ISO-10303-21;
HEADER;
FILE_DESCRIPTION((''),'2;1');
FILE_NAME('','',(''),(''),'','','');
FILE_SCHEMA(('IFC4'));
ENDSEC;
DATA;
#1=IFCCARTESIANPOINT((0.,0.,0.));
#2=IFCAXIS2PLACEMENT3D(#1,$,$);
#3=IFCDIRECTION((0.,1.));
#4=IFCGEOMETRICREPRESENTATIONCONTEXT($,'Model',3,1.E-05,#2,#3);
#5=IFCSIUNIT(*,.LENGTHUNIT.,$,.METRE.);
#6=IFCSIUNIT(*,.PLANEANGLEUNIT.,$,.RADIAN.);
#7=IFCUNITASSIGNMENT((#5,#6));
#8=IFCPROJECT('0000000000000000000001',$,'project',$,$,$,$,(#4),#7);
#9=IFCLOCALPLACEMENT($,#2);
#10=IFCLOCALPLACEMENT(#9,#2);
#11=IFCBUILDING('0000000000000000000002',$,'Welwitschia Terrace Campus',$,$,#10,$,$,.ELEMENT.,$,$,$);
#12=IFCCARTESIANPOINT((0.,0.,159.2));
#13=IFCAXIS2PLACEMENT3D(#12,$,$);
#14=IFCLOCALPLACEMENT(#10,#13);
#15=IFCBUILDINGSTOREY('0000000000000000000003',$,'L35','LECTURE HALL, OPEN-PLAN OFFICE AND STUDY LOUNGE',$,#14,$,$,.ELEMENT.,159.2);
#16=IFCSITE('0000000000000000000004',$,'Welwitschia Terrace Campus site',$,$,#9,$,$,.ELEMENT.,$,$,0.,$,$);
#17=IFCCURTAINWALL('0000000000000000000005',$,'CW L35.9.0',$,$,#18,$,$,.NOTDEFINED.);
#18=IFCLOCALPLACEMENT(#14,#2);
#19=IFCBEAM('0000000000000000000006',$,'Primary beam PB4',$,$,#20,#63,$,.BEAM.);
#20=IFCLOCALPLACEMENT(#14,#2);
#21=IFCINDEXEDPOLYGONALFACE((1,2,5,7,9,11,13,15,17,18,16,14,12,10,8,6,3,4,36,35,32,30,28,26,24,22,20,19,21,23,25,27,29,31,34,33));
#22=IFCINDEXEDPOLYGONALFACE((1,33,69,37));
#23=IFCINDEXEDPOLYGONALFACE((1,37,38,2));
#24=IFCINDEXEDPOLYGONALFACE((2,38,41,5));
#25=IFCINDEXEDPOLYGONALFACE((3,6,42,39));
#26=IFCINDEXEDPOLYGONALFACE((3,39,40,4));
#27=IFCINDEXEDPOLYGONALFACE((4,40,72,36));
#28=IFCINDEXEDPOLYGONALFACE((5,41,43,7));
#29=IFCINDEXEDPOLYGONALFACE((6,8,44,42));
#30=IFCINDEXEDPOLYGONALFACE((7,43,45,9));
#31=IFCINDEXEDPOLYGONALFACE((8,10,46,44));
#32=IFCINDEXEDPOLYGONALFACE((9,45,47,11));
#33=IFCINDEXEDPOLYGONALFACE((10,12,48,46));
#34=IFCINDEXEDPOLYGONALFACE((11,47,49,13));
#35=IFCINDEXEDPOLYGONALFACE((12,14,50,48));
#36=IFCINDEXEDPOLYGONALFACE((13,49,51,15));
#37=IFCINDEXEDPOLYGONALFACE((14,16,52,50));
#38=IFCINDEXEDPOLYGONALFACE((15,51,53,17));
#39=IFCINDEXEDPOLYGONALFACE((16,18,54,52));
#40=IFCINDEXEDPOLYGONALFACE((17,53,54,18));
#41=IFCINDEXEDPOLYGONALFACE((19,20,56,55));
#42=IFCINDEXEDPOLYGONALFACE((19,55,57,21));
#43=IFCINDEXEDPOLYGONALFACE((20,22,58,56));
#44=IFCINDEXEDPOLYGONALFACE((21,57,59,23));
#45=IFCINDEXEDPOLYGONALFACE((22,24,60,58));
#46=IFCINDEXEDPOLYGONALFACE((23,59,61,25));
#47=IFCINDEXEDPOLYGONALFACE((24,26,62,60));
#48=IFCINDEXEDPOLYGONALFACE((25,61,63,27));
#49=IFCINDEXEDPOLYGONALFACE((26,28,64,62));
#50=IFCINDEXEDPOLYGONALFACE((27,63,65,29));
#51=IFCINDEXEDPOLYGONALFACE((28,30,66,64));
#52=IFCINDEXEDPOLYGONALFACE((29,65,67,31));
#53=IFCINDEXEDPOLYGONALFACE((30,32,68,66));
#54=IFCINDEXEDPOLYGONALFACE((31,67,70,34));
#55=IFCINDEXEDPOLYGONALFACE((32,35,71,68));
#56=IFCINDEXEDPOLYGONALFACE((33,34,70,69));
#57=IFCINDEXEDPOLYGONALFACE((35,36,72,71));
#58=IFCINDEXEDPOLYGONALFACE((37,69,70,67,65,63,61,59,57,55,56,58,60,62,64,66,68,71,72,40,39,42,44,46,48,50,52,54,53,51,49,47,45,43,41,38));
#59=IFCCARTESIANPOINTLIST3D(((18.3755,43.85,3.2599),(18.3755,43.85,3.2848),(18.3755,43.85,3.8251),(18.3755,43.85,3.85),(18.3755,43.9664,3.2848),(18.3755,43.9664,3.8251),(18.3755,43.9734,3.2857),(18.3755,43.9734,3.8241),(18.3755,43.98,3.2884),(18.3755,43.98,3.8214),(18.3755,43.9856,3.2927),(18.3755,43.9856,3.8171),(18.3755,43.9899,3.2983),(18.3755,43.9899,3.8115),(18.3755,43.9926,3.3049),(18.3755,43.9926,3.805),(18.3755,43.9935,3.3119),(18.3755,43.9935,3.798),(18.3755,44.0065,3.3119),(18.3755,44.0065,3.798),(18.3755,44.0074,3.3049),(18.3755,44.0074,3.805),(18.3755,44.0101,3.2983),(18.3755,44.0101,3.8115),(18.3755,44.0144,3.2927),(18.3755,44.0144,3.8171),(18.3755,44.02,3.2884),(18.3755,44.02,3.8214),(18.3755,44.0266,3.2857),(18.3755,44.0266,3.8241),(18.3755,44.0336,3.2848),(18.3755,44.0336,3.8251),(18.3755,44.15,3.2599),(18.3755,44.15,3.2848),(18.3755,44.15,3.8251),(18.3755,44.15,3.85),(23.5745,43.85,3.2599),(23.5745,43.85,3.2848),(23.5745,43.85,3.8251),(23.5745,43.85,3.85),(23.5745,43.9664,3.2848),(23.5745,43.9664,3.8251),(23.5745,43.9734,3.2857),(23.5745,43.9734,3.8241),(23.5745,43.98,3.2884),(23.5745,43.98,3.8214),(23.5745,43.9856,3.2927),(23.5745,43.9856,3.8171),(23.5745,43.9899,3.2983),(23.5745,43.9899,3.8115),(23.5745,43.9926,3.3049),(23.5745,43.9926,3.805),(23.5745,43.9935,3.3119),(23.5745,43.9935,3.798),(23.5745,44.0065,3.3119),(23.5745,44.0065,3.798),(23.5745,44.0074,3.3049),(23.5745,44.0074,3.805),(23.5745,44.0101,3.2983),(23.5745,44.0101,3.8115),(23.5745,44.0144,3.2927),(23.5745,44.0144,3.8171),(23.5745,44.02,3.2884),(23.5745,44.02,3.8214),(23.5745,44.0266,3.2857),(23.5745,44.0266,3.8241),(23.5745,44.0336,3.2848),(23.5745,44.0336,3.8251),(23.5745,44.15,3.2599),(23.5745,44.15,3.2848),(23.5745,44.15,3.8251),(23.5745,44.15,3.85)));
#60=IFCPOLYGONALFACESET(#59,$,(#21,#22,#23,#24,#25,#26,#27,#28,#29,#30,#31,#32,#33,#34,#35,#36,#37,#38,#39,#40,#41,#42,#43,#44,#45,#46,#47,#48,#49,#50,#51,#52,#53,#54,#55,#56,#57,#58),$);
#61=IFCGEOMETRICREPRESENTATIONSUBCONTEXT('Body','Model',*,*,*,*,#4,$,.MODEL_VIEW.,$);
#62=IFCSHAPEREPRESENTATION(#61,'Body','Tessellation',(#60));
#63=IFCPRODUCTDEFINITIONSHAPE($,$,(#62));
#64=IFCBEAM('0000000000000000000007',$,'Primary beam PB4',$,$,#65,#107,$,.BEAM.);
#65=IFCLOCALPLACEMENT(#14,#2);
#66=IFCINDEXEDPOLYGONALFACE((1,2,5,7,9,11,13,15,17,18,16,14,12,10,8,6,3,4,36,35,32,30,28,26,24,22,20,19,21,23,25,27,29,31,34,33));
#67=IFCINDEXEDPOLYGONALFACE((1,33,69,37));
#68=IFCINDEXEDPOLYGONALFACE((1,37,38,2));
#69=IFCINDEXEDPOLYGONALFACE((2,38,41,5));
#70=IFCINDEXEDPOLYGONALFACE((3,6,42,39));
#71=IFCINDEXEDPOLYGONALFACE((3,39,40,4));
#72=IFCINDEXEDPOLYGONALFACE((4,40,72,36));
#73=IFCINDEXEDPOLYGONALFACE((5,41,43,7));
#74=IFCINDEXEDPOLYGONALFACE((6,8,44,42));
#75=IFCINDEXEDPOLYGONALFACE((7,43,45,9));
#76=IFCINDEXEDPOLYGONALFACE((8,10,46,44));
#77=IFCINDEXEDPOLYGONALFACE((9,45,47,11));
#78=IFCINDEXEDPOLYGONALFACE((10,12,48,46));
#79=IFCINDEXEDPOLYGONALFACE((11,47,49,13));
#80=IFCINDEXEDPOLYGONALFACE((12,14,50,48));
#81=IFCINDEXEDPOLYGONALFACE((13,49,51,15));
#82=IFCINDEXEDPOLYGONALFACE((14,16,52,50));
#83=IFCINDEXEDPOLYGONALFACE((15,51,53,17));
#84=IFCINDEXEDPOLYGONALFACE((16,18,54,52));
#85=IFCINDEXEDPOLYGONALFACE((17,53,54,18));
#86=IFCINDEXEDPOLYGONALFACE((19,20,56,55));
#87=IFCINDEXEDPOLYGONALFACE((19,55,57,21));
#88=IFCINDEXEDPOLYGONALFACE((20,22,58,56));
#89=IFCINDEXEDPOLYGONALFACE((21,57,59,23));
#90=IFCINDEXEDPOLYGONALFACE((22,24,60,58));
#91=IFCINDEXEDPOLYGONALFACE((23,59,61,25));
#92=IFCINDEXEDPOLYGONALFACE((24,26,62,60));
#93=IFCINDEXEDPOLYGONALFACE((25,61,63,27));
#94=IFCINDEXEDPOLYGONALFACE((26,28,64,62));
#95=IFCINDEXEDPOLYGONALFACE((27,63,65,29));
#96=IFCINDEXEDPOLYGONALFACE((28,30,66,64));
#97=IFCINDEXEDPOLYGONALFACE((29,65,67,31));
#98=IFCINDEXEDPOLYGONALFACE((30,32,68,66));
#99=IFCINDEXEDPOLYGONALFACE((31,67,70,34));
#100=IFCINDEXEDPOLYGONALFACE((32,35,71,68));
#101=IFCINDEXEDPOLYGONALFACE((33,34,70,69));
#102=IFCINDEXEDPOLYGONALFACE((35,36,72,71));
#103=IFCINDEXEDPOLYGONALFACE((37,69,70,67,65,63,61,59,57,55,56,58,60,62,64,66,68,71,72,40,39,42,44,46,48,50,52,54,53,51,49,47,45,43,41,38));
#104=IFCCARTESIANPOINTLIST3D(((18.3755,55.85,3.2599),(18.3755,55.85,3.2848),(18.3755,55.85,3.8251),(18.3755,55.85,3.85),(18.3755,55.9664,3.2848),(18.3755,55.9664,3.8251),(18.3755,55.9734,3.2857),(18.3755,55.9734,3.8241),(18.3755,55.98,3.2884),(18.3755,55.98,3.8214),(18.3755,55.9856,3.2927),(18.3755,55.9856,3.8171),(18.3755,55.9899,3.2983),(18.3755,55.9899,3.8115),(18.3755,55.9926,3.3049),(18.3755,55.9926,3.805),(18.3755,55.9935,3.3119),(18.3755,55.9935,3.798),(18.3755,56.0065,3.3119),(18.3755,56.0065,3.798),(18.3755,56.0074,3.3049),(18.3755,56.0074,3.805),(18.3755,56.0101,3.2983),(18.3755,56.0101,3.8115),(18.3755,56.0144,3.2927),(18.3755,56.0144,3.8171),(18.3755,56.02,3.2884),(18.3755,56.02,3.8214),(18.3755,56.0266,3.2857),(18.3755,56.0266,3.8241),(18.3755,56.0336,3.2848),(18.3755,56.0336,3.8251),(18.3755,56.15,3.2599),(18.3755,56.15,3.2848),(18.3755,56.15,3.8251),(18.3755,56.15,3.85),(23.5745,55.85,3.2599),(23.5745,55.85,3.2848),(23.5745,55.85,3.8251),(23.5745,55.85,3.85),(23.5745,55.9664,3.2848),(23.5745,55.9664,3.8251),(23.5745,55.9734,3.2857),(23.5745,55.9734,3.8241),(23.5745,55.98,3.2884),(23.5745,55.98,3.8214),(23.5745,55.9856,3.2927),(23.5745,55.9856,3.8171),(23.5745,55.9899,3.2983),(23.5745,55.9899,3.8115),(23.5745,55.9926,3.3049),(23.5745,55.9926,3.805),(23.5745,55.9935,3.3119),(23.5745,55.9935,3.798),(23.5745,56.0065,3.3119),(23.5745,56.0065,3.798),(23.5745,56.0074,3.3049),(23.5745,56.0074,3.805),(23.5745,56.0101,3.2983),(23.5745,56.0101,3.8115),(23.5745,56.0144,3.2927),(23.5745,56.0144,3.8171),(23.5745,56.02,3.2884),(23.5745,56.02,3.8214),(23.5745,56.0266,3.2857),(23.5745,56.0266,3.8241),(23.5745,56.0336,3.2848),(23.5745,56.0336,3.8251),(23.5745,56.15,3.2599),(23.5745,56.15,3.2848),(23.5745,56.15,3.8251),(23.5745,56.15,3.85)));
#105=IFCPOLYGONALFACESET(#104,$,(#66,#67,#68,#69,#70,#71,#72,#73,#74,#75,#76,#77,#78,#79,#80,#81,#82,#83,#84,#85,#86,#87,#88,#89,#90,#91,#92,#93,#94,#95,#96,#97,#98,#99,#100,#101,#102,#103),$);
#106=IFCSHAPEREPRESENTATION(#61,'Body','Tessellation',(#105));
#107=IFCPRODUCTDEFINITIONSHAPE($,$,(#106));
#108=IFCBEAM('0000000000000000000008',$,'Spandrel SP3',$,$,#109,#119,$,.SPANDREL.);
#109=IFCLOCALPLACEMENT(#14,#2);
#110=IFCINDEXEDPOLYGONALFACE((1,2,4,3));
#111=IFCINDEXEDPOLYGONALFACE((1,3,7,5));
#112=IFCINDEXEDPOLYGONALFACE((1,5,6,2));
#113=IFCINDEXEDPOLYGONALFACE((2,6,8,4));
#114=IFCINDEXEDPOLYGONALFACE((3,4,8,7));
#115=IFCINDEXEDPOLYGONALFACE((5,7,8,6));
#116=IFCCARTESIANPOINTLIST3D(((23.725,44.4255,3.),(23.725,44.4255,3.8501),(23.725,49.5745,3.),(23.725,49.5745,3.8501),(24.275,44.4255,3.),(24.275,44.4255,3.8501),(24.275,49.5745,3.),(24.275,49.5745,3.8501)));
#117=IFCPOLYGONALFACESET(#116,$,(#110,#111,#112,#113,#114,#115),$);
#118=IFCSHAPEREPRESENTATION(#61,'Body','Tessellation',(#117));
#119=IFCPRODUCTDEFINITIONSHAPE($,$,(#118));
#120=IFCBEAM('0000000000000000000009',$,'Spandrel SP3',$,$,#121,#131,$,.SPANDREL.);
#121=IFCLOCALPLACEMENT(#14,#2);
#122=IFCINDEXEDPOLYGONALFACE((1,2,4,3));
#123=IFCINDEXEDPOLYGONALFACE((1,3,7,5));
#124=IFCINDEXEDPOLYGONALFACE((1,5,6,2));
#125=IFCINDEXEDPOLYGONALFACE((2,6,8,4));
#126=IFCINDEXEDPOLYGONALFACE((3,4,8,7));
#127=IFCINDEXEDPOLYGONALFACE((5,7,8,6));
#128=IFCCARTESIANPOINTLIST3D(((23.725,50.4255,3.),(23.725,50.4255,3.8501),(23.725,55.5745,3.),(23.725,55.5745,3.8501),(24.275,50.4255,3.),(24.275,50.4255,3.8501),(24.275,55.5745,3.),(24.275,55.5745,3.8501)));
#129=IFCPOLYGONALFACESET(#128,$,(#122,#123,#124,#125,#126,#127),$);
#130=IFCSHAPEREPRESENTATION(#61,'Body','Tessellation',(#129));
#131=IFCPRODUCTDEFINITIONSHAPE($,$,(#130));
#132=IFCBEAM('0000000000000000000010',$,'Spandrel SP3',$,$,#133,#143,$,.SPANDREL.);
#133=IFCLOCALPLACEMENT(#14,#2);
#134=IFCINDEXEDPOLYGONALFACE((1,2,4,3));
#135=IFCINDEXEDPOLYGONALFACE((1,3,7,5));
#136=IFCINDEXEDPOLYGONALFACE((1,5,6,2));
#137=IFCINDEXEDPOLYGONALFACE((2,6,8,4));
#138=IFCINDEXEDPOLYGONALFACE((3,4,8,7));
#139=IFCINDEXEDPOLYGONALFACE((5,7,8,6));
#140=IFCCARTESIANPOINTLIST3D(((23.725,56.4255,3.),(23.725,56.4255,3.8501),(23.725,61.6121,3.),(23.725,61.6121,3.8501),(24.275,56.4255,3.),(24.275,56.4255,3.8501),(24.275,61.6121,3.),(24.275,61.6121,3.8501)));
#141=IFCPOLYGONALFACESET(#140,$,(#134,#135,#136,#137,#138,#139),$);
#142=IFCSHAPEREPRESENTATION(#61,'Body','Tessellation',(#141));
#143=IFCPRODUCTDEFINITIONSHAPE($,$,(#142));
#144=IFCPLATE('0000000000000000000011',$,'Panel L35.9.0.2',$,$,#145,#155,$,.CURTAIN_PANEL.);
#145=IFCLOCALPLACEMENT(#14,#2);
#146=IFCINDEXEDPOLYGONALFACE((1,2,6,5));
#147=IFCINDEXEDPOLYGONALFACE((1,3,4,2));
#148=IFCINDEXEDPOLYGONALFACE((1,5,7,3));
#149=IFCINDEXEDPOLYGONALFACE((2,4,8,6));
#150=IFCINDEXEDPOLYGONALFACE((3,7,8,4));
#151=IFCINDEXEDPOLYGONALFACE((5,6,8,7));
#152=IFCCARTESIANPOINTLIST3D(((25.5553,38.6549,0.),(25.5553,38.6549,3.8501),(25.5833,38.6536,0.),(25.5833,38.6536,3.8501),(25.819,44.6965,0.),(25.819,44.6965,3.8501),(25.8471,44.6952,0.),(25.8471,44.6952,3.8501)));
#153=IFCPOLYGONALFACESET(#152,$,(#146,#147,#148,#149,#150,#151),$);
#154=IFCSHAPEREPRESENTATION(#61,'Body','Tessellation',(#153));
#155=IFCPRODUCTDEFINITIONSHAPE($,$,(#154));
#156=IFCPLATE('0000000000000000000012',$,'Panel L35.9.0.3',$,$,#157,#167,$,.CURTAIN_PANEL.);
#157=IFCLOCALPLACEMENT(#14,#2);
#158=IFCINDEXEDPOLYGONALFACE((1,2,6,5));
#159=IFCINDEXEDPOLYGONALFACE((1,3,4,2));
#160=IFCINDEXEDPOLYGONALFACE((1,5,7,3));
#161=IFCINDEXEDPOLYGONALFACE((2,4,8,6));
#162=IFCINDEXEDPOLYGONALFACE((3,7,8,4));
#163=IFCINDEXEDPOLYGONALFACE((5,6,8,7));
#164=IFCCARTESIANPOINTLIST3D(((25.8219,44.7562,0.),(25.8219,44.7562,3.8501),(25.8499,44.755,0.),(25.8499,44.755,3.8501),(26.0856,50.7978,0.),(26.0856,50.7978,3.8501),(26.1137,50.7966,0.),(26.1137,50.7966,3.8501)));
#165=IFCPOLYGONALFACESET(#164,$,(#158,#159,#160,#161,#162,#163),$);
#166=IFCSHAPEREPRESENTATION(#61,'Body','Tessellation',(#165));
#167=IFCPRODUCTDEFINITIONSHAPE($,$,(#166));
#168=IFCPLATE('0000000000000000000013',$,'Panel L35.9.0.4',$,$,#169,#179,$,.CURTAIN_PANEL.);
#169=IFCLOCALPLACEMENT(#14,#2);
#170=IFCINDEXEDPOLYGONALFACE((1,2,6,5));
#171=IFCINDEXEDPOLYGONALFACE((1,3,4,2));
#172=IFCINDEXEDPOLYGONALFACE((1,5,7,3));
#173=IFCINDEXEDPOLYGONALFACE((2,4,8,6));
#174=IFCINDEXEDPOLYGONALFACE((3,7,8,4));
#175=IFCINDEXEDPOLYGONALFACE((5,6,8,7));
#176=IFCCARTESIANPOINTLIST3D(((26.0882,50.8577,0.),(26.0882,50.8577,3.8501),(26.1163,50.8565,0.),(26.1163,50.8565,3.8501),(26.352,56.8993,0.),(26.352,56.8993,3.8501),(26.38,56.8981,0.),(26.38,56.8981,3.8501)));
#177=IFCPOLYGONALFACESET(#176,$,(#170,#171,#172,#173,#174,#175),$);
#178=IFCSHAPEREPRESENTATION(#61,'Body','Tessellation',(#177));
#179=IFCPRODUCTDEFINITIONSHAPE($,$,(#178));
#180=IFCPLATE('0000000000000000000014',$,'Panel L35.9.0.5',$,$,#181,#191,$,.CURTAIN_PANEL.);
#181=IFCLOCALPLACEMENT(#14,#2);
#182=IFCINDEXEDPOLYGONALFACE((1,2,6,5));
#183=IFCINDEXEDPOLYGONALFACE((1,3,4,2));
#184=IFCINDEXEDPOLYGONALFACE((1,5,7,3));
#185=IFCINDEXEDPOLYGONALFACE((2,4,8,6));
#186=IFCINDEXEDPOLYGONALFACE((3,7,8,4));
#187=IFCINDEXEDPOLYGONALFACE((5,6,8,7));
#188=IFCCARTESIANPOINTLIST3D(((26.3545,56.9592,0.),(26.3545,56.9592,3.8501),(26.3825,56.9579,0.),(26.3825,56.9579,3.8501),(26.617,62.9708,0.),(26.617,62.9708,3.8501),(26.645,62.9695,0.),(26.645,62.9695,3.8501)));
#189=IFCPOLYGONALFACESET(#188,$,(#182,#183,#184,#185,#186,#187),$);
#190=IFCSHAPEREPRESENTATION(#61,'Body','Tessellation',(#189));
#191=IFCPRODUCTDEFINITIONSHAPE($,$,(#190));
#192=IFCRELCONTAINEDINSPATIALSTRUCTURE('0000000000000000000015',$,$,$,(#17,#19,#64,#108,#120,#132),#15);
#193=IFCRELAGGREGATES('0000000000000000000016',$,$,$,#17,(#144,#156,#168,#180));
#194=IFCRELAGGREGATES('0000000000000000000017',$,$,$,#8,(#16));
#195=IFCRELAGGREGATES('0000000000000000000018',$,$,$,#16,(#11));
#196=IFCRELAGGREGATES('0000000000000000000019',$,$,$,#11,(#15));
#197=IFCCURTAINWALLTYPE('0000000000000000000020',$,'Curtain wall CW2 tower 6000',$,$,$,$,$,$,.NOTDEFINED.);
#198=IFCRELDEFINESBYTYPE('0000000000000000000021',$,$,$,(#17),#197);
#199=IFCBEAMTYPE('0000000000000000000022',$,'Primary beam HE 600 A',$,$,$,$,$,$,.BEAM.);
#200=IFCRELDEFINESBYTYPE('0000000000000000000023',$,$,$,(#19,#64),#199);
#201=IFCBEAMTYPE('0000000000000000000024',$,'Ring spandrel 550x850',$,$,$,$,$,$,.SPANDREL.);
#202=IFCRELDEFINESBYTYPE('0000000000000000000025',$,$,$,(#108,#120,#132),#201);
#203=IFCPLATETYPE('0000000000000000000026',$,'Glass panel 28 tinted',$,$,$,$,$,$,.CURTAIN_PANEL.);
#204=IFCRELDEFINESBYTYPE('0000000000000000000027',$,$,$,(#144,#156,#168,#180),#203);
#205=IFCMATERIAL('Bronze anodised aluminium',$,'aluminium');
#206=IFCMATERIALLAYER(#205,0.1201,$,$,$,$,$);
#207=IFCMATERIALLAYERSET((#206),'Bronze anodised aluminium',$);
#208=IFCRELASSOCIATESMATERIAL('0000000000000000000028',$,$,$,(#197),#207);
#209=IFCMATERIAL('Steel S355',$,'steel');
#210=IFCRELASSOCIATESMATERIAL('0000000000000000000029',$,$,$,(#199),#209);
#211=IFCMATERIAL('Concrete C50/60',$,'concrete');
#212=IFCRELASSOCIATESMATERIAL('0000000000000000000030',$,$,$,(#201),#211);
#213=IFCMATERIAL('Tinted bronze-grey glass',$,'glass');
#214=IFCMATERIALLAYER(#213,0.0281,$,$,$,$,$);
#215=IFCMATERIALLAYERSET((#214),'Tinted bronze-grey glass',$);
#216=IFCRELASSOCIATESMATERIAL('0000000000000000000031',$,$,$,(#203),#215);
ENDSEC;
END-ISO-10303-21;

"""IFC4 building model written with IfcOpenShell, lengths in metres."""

from ifc_helpers import new_model, si_unit, direction, frame, origin, origin_2d, place, context, subcontext, project, spatial, rectangle, i_section, extrude, material, layer, layer_set, material_profile, profile_set, type_object, element, aggregate, save


model = new_model("IFC4")

# Units and contexts
model_context = context("Model", 3, precision=1e-05, world=origin(), true_north=direction((0.0, 1.0)))
body_context = subcontext(model_context, "Body", "Model", "MODEL_VIEW")
ifc_project = project(units=[si_unit("LENGTHUNIT", "METRE"), si_unit("PLANEANGLEUNIT", "RADIAN")], contexts=[model_context])

# Site, building, storey
site_placement = place(None, origin())
site = spatial("IfcSite", under=ifc_project, at=site_placement, Name="Welwitschia Terrace Campus site", CompositionType="ELEMENT", RefElevation=0.0)
building_placement = place(site_placement, origin())
building = spatial("IfcBuilding", under=site, at=building_placement, Name="Welwitschia Terrace Campus", CompositionType="ELEMENT")
storey_placement = place(building_placement, frame((0.0, 0.0, 159.2)))
storey = spatial("IfcBuildingStorey", under=building, at=storey_placement, Name="L35", Description="LECTURE HALL, OPEN-PLAN OFFICE AND STUDY LOUNGE", CompositionType="ELEMENT", Elevation=159.2)

# Curtain wall
ifc_material_1 = material(Name="Bronze anodised aluminium", Category="aluminium")
ifc_layer_1 = layer(ifc_material_1, 0.1201)
ifc_layer_set_1 = layer_set([ifc_layer_1], Name="Bronze anodised aluminium")
curtain_wall_type = type_object("IfcCurtainWallType", Name="Curtain wall CW2 tower 6000", PredefinedType="NOTDEFINED", material=ifc_layer_set_1)
curtain_wall_placement = place(storey_placement, origin())
curtain_wall = element("IfcCurtainWall", 1, at=curtain_wall_placement, inside=storey, type_object=curtain_wall_type, Name="CW L35.9.0", PredefinedType="NOTDEFINED")

# Beams
ifc_material_2 = material(Name="Steel S355", Category="steel")
ifc_material_profile_1 = material_profile(ifc_material_2, i_section(OverallWidth=0.3, OverallDepth=0.5901, WebThickness=0.0129, FlangeThickness=0.0249, FilletRadius=0.0271, at=origin_2d()))
ifc_profile_set_1 = profile_set([ifc_material_profile_1], Name="Steel S355")
beam_type_1 = type_object("IfcBeamType", Name="Primary beam HE 600 A", PredefinedType="BEAM", material=ifc_profile_set_1)
for number, where, z_axis, x_axis, name in (
    (2, (23.5745, 44.0, 3.5549), (-1.0, 0.0, 0.0), (0.0, -1.0, 0.0), "Primary beam PB4"),
    (3, (23.5745, 56.0, 3.5549), (-1.0, 0.0, 0.0), (0.0, -1.0, 0.0), "Primary beam PB4"),
):
    element("IfcBeam", number, at=place(storey_placement, frame(where, z_axis=z_axis, x_axis=x_axis)), inside=storey, type_object=beam_type_1, Name=name, PredefinedType="BEAM", context=body_context, shape_type="SweptSolid", body=[
        extrude(i_section(OverallWidth=0.3, OverallDepth=0.5901, WebThickness=0.0129, FlangeThickness=0.0249, FilletRadius=0.0271, at=origin_2d()), origin(), (0.0, 0.0, 1.0), 5.199),
    ])
ifc_material_3 = material(Name="Concrete C50/60", Category="concrete")
ifc_material_profile_2 = material_profile(ifc_material_3, rectangle(XDim=0.55, YDim=0.8501, at=origin_2d()))
ifc_profile_set_2 = profile_set([ifc_material_profile_2], Name="Concrete C50/60")
beam_type_2 = type_object("IfcBeamType", Name="Ring spandrel 550x850", PredefinedType="SPANDREL", material=ifc_profile_set_2)
for number, where, z_axis, x_axis, name in (
    (4, (24.0, 44.4255, 3.425), (0.0, 1.0, 0.0), (-1.0, 0.0, 0.0), "Spandrel SP3"),
    (5, (24.0, 50.4255, 3.425), (0.0, 1.0, 0.0), (-1.0, 0.0, 0.0), "Spandrel SP3"),
):
    element("IfcBeam", number, at=place(storey_placement, frame(where, z_axis=z_axis, x_axis=x_axis)), inside=storey, type_object=beam_type_2, Name=name, PredefinedType="SPANDREL", context=body_context, shape_type="SweptSolid", body=[
        extrude(rectangle(XDim=0.55, YDim=0.8501, at=origin_2d()), origin(), (0.0, 0.0, 1.0), 5.1489),
    ])
beam_1_placement = place(storey_placement, frame((24.0, 56.4255, 3.425), z_axis=(0.0, 1.0, 0.0), x_axis=(-1.0, 0.0, 0.0)))
element("IfcBeam", 6, at=beam_1_placement, inside=storey, type_object=beam_type_2, Name="Spandrel SP3", PredefinedType="SPANDREL", context=body_context, shape_type="SweptSolid", body=[
    extrude(rectangle(XDim=0.55, YDim=0.8501, at=origin_2d()), origin(), (0.0, 0.0, 1.0), 5.1865),
])

# Plates
ifc_material_4 = material(Name="Tinted bronze-grey glass", Category="glass")
ifc_layer_2 = layer(ifc_material_4, 0.0281)
ifc_layer_set_2 = layer_set([ifc_layer_2], Name="Tinted bronze-grey glass")
plate_type = type_object("IfcPlateType", Name="Glass panel 28 tinted", PredefinedType="CURTAIN_PANEL", material=ifc_layer_set_2)
plate_1_placement = place(storey_placement, frame((25.7012, 41.675, 0.0), z_axis=(0.0, 0.0, 1.0), x_axis=(0.043619, 0.999048, 0.0)))
plate_1 = element("IfcPlate", 7, at=plate_1_placement, type_object=plate_type, Name="Panel L35.9.0.2", PredefinedType="CURTAIN_PANEL", context=body_context, shape_type="SweptSolid", body=[
    extrude(rectangle(XDim=6.0474, YDim=0.0281, at=origin_2d()), origin(), (0.0, 0.0, 1.0), 3.8501),
])
plate_2_placement = place(storey_placement, frame((25.9678, 47.7764, 0.0), z_axis=(0.0, 0.0, 1.0), x_axis=(0.043619, 0.999048, 0.0)))
plate_2 = element("IfcPlate", 8, at=plate_2_placement, type_object=plate_type, Name="Panel L35.9.0.3", PredefinedType="CURTAIN_PANEL", context=body_context, shape_type="SweptSolid", body=[
    extrude(rectangle(XDim=6.0474, YDim=0.0281, at=origin_2d()), origin(), (0.0, 0.0, 1.0), 3.8501),
])
plate_3_placement = place(storey_placement, frame((26.2341, 53.8779, 0.0), z_axis=(0.0, 0.0, 1.0), x_axis=(0.043619, 0.999048, 0.0)))
plate_3 = element("IfcPlate", 9, at=plate_3_placement, type_object=plate_type, Name="Panel L35.9.0.4", PredefinedType="CURTAIN_PANEL", context=body_context, shape_type="SweptSolid", body=[
    extrude(rectangle(XDim=6.0474, YDim=0.0281, at=origin_2d()), origin(), (0.0, 0.0, 1.0), 3.8501),
])
plate_4_placement = place(storey_placement, frame((26.4998, 59.9644, 0.0), z_axis=(0.0, 0.0, 1.0), x_axis=(0.043619, 0.999048, 0.0)))
plate_4 = element("IfcPlate", 10, at=plate_4_placement, type_object=plate_type, Name="Panel L35.9.0.5", PredefinedType="CURTAIN_PANEL", context=body_context, shape_type="SweptSolid", body=[
    extrude(rectangle(XDim=6.0173, YDim=0.0281, at=origin_2d()), origin(), (0.0, 0.0, 1.0), 3.8501),
])
aggregate(curtain_wall, [plate_1, plate_2, plate_3, plate_4])

save(model, "model.ifc")
